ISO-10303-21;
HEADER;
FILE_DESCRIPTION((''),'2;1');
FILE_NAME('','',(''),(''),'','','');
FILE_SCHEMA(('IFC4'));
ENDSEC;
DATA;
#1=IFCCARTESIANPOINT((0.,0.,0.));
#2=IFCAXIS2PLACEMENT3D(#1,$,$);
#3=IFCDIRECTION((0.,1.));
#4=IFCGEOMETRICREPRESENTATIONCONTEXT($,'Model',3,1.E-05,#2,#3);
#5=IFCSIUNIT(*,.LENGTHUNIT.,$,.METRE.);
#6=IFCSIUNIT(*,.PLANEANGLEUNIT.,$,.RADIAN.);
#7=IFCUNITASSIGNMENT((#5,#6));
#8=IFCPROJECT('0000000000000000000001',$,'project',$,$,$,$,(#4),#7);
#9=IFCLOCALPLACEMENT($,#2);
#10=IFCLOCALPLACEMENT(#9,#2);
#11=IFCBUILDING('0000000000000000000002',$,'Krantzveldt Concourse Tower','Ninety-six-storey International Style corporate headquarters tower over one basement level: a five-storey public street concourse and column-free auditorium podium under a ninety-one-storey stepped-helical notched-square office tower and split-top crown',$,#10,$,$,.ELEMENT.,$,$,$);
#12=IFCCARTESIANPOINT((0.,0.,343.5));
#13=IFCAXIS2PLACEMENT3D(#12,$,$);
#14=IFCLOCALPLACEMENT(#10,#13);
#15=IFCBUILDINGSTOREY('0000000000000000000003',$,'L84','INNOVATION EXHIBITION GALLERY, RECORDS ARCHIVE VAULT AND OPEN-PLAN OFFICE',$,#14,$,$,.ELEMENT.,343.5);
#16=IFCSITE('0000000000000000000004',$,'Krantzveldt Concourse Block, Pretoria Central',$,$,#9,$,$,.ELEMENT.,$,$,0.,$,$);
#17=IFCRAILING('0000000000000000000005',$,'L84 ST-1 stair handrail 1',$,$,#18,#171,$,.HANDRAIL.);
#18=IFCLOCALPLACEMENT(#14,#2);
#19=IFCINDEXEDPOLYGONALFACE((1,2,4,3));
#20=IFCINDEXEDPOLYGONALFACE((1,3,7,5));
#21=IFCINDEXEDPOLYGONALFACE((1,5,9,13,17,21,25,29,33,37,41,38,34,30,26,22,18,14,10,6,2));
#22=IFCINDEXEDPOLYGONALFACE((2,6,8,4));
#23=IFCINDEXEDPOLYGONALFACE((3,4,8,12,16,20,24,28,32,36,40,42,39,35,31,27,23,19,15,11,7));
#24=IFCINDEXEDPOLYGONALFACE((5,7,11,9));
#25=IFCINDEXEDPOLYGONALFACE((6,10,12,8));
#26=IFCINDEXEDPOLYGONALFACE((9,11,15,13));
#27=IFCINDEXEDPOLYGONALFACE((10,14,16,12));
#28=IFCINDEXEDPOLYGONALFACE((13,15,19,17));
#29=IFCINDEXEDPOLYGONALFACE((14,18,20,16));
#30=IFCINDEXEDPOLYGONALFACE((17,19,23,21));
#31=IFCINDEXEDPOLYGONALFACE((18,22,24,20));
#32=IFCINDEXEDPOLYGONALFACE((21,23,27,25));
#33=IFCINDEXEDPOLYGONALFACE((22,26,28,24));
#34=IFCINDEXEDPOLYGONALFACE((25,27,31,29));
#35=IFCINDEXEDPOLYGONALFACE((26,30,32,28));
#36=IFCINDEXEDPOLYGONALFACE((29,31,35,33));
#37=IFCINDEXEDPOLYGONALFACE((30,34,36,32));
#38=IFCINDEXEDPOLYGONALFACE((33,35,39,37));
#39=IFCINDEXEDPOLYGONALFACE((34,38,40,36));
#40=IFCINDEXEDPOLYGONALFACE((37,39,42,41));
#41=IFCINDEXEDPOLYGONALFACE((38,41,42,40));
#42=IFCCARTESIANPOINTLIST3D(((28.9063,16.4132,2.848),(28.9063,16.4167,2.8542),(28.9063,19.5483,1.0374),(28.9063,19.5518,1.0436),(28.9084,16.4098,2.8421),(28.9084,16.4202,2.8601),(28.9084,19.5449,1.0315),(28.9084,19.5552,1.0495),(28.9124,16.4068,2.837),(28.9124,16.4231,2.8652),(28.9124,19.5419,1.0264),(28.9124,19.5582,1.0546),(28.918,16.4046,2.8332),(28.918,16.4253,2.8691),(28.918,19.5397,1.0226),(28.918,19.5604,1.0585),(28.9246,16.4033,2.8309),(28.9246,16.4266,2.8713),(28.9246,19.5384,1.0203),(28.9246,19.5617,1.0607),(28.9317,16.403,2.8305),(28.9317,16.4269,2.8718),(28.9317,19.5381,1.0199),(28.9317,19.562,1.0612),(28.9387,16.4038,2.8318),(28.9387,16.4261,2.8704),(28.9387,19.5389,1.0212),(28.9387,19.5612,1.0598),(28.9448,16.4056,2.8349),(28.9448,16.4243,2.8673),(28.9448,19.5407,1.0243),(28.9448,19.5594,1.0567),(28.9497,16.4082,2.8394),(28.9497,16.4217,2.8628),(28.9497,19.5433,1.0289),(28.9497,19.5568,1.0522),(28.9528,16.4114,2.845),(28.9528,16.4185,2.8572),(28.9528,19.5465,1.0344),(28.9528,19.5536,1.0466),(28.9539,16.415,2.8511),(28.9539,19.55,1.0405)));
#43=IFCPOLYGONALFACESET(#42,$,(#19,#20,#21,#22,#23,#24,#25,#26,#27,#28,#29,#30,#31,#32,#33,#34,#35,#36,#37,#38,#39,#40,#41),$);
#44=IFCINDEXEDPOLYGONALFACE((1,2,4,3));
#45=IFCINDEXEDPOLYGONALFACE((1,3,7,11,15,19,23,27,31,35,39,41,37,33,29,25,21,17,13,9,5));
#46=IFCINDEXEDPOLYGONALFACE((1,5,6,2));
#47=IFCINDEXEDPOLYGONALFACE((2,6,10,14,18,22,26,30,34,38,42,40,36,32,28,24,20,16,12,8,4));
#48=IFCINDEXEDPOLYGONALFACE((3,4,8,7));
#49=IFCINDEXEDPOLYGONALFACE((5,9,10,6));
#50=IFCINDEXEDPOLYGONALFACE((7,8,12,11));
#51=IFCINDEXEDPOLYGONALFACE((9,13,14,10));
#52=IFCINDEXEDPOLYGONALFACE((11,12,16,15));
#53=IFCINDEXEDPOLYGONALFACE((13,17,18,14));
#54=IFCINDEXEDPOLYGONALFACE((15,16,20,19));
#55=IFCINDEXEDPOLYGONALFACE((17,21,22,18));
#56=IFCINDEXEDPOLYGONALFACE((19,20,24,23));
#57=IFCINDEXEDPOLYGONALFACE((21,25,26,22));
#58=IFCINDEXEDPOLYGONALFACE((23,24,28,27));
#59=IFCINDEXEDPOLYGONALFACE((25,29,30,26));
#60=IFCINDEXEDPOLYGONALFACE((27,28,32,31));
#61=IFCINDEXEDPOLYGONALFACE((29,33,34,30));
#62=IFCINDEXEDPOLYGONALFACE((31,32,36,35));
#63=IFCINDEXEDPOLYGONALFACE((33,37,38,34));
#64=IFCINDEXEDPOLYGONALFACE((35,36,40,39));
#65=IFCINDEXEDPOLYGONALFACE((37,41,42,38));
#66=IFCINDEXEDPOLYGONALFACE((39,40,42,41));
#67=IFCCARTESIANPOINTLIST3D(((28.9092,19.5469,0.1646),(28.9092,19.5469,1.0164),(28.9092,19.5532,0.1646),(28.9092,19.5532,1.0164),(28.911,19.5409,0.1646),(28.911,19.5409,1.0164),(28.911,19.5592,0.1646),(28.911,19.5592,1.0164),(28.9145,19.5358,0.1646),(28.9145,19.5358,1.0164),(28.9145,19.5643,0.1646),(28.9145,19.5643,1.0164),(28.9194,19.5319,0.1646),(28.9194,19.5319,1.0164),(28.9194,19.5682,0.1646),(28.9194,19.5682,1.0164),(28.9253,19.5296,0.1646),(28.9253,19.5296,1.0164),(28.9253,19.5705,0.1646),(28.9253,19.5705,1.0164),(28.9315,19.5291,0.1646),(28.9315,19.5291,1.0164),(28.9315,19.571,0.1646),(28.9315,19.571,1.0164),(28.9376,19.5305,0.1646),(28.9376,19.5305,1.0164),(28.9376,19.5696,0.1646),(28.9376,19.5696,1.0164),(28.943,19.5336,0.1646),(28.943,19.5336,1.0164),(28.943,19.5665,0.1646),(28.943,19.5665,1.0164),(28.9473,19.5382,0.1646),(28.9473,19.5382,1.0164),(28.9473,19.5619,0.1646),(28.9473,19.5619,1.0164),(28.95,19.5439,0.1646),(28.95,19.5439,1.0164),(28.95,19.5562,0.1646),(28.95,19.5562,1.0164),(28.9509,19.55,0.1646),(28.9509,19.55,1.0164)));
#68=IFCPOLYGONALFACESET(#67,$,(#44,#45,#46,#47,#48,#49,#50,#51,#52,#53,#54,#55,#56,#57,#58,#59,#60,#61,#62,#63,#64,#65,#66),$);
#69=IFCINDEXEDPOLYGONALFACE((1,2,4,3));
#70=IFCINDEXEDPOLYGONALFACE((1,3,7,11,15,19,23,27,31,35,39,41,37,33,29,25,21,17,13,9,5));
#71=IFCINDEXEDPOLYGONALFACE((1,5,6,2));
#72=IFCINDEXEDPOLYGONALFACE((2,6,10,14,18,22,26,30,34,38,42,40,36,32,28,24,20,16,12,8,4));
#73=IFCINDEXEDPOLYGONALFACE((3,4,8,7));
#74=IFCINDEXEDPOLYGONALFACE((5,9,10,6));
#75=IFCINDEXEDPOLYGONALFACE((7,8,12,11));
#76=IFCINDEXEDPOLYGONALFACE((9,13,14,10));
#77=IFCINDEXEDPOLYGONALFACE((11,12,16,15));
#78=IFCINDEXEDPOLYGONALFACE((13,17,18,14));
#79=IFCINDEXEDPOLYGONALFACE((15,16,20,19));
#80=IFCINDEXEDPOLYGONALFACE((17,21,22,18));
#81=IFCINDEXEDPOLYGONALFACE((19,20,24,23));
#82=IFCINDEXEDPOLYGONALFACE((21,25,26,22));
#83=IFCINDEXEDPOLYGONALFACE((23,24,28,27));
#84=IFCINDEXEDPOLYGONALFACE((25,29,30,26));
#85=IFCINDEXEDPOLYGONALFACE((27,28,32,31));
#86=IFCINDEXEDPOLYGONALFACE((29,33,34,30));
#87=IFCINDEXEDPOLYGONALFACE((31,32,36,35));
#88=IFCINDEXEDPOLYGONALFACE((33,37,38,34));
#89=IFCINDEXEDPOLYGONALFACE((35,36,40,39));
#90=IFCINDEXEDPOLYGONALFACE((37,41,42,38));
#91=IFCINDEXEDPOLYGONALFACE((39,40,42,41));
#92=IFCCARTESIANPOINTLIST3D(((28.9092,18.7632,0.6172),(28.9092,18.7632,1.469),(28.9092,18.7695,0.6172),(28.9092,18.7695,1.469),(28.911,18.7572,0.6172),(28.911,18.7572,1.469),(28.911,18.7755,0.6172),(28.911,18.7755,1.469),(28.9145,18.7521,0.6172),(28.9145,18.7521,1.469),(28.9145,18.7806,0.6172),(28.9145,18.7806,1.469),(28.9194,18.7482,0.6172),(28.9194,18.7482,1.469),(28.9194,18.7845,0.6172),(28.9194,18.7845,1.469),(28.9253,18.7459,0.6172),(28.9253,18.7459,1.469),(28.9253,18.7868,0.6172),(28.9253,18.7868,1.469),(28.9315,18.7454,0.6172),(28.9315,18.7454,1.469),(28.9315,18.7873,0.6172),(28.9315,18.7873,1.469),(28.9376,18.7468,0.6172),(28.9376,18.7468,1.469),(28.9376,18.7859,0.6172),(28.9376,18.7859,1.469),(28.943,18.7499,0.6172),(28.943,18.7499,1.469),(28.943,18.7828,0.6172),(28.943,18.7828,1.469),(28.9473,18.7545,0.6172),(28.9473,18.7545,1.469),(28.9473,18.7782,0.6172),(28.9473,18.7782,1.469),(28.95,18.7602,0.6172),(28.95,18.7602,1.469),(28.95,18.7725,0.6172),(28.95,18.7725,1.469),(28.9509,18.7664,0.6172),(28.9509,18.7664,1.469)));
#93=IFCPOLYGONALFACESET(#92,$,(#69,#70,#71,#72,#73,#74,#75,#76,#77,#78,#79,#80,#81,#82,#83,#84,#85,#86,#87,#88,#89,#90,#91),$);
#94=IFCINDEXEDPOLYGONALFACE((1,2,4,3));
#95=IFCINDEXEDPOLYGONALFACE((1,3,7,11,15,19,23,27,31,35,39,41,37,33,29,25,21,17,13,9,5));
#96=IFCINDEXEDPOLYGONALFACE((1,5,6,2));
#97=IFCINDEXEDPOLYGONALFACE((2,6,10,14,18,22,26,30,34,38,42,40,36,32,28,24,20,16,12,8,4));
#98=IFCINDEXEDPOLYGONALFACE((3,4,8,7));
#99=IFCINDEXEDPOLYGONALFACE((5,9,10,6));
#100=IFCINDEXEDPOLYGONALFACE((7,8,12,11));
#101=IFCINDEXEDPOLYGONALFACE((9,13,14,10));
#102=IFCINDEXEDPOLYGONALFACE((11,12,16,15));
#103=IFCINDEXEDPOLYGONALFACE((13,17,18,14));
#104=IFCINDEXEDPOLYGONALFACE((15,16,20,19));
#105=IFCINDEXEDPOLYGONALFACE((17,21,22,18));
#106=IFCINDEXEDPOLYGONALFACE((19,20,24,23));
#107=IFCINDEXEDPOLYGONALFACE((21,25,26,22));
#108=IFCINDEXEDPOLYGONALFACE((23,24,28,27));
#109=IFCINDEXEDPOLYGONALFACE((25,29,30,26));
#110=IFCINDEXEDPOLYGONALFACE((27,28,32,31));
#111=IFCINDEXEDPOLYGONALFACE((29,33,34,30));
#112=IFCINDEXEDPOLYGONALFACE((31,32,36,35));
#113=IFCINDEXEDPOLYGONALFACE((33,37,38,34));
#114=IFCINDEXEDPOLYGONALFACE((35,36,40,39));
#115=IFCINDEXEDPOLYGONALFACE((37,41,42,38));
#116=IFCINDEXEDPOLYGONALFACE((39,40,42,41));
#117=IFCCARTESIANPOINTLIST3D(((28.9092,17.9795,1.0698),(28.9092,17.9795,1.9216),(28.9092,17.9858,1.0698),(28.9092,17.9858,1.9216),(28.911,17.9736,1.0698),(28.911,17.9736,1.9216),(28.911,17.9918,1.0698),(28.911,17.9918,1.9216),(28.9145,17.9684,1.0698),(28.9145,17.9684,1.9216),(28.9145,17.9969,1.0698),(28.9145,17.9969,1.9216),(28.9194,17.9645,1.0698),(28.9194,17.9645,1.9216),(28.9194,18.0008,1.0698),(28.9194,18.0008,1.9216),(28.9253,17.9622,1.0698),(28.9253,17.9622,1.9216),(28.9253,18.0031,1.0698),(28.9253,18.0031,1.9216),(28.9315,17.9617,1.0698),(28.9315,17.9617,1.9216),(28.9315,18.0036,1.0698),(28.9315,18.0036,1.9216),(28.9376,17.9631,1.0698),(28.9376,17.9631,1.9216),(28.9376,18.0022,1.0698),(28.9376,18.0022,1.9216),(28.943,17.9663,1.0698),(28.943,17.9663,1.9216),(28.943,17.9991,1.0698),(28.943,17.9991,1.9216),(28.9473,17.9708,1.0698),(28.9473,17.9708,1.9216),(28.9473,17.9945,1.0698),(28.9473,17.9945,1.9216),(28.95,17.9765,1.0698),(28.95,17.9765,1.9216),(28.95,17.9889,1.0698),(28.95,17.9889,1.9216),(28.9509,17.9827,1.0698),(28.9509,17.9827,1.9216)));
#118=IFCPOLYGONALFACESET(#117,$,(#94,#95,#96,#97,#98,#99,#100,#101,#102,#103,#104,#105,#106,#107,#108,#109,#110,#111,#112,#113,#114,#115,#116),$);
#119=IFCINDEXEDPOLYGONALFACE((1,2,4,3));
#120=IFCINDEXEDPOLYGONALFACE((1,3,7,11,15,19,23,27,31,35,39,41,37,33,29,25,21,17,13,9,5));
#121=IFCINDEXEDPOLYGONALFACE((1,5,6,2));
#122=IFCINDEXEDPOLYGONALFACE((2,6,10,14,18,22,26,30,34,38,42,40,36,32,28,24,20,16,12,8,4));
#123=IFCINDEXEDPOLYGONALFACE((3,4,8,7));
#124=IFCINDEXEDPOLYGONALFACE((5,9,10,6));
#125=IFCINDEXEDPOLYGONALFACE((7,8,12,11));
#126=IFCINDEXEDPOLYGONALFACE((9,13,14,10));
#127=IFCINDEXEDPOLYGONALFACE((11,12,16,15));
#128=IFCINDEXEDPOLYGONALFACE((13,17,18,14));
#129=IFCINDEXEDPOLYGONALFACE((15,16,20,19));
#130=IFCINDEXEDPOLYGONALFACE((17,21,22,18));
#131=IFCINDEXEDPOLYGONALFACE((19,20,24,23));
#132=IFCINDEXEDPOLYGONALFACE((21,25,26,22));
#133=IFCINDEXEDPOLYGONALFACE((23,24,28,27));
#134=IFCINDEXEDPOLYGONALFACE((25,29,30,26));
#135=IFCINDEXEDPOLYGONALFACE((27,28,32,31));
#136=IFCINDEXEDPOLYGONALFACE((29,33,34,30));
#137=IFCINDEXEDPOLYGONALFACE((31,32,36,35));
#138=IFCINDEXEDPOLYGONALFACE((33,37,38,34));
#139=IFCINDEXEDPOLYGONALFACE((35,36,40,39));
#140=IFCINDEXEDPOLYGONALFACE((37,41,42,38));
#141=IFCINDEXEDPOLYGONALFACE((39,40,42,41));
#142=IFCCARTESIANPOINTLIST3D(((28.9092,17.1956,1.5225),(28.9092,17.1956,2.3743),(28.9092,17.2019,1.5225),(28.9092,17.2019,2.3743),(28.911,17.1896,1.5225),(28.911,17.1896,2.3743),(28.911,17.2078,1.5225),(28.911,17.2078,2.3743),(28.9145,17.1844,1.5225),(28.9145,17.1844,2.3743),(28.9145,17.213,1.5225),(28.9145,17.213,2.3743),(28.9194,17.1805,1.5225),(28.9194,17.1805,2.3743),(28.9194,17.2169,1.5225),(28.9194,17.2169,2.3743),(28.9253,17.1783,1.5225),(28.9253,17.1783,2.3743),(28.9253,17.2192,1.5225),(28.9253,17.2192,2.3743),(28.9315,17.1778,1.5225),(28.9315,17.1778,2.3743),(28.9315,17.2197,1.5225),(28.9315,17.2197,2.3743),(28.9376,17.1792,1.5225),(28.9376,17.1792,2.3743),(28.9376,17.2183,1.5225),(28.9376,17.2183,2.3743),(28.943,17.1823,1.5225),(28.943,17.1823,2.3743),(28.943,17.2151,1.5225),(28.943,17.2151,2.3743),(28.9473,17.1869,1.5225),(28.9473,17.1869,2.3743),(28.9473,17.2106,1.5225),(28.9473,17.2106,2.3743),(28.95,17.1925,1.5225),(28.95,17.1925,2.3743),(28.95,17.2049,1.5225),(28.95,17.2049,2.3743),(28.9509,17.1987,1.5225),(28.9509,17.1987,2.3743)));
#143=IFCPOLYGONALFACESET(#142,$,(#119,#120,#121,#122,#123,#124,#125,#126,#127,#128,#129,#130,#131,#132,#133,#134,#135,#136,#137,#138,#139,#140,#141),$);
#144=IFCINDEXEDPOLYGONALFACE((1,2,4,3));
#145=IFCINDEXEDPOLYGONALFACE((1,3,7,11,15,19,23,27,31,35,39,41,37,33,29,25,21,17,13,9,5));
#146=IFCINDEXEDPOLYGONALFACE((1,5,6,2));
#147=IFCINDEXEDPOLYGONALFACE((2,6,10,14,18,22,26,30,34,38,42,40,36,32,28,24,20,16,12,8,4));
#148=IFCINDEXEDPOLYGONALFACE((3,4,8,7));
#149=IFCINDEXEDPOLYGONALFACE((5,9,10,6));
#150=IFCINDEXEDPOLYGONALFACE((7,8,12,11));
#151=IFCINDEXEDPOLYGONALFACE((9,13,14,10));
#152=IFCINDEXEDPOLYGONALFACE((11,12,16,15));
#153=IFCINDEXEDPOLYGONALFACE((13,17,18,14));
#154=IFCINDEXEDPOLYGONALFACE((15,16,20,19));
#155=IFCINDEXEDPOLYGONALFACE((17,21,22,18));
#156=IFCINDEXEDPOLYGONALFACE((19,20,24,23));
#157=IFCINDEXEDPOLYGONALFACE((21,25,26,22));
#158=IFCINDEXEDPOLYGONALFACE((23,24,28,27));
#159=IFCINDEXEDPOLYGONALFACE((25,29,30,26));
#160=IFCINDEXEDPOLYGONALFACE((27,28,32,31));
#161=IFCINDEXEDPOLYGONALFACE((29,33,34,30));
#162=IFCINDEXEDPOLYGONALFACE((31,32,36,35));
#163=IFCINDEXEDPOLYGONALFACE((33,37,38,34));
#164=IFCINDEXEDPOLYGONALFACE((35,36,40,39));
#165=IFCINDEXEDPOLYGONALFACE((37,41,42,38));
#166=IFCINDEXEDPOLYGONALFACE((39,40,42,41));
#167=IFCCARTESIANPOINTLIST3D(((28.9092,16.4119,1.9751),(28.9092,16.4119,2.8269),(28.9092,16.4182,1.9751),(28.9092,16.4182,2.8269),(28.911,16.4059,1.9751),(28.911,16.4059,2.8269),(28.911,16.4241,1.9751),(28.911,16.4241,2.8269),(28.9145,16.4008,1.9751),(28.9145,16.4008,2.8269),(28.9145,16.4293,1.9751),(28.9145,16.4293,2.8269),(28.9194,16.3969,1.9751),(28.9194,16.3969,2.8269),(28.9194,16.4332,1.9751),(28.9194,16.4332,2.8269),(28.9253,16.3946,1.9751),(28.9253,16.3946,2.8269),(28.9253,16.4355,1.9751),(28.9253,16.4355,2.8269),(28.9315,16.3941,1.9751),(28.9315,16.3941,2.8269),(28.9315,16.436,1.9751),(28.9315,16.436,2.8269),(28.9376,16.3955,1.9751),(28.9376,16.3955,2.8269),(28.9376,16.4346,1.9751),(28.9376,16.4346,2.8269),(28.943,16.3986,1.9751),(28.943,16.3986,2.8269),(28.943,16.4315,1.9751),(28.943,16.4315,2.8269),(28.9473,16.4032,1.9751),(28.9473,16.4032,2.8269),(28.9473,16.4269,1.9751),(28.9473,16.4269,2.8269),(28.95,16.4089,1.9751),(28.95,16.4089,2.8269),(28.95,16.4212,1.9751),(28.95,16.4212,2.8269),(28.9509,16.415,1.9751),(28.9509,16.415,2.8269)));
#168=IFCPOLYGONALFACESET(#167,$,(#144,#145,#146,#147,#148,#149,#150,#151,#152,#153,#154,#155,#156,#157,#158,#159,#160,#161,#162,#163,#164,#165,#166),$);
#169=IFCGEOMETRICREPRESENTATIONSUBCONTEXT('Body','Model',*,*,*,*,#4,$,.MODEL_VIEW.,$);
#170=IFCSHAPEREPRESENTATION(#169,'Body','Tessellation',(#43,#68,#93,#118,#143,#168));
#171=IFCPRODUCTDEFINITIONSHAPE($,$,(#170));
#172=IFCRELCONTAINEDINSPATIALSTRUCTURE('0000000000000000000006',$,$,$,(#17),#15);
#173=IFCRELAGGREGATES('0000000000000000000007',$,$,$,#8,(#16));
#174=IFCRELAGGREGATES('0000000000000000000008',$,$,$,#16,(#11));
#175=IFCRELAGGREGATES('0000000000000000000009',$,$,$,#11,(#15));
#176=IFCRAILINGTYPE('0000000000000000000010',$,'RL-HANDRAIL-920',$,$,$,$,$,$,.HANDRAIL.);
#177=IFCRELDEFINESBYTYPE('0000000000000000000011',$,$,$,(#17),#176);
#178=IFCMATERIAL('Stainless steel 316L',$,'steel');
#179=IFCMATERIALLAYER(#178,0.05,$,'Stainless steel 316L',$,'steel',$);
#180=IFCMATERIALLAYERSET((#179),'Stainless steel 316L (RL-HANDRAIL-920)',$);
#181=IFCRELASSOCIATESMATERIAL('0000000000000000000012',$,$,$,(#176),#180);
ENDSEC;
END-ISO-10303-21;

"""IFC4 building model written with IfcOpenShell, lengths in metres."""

from ifc_helpers import new_model, si_unit, direction, frame, origin, origin_2d, place, context, subcontext, project, spatial, circle, extrude, material, layer, layer_set, type_object, element, save


model = new_model("IFC4")

# Units and contexts
model_context = context("Model", 3, precision=1e-05, world=origin(), true_north=direction((0.0, 1.0)))
body_context = subcontext(model_context, "Body", "Model", "MODEL_VIEW")
ifc_project = project(units=[si_unit("LENGTHUNIT", "METRE"), si_unit("PLANEANGLEUNIT", "RADIAN")], contexts=[model_context])

# Site, building, storey
site_placement = place(None, origin())
site = spatial("IfcSite", under=ifc_project, at=site_placement, Name="Krantzveldt Concourse Block, Pretoria Central", CompositionType="ELEMENT", RefElevation=0.0)
building_placement = place(site_placement, origin())
building = spatial("IfcBuilding", under=site, at=building_placement, Name="Krantzveldt Concourse Tower", Description="Ninety-six-storey International Style corporate headquarters tower over one basement level: a five-storey public street concourse and column-free auditorium podium under a ninety-one-storey stepped-helical notched-square office tower and split-top crown", CompositionType="ELEMENT")
storey_placement = place(building_placement, frame((0.0, 0.0, 343.5)))
storey = spatial("IfcBuildingStorey", under=building, at=storey_placement, Name="L84", Description="INNOVATION EXHIBITION GALLERY, RECORDS ARCHIVE VAULT AND OPEN-PLAN OFFICE", CompositionType="ELEMENT", Elevation=343.5)

# Railing
ifc_material_1 = material(Name="Stainless steel 316L", Category="steel")
ifc_layer_1 = layer(ifc_material_1, 0.05, Name="Stainless steel 316L", Category="steel")
ifc_layer_set_1 = layer_set([ifc_layer_1], Name="Stainless steel 316L (RL-HANDRAIL-920)")
railing_type_1 = type_object("IfcRailingType", Name="RL-HANDRAIL-920", PredefinedType="HANDRAIL", material=ifc_layer_set_1)
railing_1_placement = place(storey_placement, frame((28.9299, 19.55, 0.1646)))
element("IfcRailing", 1, at=railing_1_placement, inside=storey, type_object=railing_type_1, Name="L84 ST-1 stair handrail 1", PredefinedType="HANDRAIL", context=body_context, shape_type="SweptSolid", body=[
    extrude(circle(Radius=0.0239, at=origin_2d()), frame((0.0, 0.0, 0.876), z_axis=(0.0, -0.86596, 0.500114), x_axis=(1.0, 0.0, 0.0)), (0.0, 0.0, 1.0), 3.6204),
    extrude(circle(Radius=0.021, at=origin_2d()), origin(), (0.0, 0.0, 1.0), 0.8518),
    extrude(circle(Radius=0.021, at=origin_2d()), frame((0.0, -0.7837, 0.4526)), (0.0, 0.0, 1.0), 0.8518),
    extrude(circle(Radius=0.021, at=origin_2d()), frame((0.0, -1.5674, 0.9053)), (0.0, 0.0, 1.0), 0.8518),
    extrude(circle(Radius=0.021, at=origin_2d()), frame((0.0, -2.3513, 1.3579)), (0.0, 0.0, 1.0), 0.8518),
    extrude(circle(Radius=0.021, at=origin_2d()), frame((0.0, -3.135, 1.8105)), (0.0, 0.0, 1.0), 0.8518),
])

save(model, "model.ifc")
